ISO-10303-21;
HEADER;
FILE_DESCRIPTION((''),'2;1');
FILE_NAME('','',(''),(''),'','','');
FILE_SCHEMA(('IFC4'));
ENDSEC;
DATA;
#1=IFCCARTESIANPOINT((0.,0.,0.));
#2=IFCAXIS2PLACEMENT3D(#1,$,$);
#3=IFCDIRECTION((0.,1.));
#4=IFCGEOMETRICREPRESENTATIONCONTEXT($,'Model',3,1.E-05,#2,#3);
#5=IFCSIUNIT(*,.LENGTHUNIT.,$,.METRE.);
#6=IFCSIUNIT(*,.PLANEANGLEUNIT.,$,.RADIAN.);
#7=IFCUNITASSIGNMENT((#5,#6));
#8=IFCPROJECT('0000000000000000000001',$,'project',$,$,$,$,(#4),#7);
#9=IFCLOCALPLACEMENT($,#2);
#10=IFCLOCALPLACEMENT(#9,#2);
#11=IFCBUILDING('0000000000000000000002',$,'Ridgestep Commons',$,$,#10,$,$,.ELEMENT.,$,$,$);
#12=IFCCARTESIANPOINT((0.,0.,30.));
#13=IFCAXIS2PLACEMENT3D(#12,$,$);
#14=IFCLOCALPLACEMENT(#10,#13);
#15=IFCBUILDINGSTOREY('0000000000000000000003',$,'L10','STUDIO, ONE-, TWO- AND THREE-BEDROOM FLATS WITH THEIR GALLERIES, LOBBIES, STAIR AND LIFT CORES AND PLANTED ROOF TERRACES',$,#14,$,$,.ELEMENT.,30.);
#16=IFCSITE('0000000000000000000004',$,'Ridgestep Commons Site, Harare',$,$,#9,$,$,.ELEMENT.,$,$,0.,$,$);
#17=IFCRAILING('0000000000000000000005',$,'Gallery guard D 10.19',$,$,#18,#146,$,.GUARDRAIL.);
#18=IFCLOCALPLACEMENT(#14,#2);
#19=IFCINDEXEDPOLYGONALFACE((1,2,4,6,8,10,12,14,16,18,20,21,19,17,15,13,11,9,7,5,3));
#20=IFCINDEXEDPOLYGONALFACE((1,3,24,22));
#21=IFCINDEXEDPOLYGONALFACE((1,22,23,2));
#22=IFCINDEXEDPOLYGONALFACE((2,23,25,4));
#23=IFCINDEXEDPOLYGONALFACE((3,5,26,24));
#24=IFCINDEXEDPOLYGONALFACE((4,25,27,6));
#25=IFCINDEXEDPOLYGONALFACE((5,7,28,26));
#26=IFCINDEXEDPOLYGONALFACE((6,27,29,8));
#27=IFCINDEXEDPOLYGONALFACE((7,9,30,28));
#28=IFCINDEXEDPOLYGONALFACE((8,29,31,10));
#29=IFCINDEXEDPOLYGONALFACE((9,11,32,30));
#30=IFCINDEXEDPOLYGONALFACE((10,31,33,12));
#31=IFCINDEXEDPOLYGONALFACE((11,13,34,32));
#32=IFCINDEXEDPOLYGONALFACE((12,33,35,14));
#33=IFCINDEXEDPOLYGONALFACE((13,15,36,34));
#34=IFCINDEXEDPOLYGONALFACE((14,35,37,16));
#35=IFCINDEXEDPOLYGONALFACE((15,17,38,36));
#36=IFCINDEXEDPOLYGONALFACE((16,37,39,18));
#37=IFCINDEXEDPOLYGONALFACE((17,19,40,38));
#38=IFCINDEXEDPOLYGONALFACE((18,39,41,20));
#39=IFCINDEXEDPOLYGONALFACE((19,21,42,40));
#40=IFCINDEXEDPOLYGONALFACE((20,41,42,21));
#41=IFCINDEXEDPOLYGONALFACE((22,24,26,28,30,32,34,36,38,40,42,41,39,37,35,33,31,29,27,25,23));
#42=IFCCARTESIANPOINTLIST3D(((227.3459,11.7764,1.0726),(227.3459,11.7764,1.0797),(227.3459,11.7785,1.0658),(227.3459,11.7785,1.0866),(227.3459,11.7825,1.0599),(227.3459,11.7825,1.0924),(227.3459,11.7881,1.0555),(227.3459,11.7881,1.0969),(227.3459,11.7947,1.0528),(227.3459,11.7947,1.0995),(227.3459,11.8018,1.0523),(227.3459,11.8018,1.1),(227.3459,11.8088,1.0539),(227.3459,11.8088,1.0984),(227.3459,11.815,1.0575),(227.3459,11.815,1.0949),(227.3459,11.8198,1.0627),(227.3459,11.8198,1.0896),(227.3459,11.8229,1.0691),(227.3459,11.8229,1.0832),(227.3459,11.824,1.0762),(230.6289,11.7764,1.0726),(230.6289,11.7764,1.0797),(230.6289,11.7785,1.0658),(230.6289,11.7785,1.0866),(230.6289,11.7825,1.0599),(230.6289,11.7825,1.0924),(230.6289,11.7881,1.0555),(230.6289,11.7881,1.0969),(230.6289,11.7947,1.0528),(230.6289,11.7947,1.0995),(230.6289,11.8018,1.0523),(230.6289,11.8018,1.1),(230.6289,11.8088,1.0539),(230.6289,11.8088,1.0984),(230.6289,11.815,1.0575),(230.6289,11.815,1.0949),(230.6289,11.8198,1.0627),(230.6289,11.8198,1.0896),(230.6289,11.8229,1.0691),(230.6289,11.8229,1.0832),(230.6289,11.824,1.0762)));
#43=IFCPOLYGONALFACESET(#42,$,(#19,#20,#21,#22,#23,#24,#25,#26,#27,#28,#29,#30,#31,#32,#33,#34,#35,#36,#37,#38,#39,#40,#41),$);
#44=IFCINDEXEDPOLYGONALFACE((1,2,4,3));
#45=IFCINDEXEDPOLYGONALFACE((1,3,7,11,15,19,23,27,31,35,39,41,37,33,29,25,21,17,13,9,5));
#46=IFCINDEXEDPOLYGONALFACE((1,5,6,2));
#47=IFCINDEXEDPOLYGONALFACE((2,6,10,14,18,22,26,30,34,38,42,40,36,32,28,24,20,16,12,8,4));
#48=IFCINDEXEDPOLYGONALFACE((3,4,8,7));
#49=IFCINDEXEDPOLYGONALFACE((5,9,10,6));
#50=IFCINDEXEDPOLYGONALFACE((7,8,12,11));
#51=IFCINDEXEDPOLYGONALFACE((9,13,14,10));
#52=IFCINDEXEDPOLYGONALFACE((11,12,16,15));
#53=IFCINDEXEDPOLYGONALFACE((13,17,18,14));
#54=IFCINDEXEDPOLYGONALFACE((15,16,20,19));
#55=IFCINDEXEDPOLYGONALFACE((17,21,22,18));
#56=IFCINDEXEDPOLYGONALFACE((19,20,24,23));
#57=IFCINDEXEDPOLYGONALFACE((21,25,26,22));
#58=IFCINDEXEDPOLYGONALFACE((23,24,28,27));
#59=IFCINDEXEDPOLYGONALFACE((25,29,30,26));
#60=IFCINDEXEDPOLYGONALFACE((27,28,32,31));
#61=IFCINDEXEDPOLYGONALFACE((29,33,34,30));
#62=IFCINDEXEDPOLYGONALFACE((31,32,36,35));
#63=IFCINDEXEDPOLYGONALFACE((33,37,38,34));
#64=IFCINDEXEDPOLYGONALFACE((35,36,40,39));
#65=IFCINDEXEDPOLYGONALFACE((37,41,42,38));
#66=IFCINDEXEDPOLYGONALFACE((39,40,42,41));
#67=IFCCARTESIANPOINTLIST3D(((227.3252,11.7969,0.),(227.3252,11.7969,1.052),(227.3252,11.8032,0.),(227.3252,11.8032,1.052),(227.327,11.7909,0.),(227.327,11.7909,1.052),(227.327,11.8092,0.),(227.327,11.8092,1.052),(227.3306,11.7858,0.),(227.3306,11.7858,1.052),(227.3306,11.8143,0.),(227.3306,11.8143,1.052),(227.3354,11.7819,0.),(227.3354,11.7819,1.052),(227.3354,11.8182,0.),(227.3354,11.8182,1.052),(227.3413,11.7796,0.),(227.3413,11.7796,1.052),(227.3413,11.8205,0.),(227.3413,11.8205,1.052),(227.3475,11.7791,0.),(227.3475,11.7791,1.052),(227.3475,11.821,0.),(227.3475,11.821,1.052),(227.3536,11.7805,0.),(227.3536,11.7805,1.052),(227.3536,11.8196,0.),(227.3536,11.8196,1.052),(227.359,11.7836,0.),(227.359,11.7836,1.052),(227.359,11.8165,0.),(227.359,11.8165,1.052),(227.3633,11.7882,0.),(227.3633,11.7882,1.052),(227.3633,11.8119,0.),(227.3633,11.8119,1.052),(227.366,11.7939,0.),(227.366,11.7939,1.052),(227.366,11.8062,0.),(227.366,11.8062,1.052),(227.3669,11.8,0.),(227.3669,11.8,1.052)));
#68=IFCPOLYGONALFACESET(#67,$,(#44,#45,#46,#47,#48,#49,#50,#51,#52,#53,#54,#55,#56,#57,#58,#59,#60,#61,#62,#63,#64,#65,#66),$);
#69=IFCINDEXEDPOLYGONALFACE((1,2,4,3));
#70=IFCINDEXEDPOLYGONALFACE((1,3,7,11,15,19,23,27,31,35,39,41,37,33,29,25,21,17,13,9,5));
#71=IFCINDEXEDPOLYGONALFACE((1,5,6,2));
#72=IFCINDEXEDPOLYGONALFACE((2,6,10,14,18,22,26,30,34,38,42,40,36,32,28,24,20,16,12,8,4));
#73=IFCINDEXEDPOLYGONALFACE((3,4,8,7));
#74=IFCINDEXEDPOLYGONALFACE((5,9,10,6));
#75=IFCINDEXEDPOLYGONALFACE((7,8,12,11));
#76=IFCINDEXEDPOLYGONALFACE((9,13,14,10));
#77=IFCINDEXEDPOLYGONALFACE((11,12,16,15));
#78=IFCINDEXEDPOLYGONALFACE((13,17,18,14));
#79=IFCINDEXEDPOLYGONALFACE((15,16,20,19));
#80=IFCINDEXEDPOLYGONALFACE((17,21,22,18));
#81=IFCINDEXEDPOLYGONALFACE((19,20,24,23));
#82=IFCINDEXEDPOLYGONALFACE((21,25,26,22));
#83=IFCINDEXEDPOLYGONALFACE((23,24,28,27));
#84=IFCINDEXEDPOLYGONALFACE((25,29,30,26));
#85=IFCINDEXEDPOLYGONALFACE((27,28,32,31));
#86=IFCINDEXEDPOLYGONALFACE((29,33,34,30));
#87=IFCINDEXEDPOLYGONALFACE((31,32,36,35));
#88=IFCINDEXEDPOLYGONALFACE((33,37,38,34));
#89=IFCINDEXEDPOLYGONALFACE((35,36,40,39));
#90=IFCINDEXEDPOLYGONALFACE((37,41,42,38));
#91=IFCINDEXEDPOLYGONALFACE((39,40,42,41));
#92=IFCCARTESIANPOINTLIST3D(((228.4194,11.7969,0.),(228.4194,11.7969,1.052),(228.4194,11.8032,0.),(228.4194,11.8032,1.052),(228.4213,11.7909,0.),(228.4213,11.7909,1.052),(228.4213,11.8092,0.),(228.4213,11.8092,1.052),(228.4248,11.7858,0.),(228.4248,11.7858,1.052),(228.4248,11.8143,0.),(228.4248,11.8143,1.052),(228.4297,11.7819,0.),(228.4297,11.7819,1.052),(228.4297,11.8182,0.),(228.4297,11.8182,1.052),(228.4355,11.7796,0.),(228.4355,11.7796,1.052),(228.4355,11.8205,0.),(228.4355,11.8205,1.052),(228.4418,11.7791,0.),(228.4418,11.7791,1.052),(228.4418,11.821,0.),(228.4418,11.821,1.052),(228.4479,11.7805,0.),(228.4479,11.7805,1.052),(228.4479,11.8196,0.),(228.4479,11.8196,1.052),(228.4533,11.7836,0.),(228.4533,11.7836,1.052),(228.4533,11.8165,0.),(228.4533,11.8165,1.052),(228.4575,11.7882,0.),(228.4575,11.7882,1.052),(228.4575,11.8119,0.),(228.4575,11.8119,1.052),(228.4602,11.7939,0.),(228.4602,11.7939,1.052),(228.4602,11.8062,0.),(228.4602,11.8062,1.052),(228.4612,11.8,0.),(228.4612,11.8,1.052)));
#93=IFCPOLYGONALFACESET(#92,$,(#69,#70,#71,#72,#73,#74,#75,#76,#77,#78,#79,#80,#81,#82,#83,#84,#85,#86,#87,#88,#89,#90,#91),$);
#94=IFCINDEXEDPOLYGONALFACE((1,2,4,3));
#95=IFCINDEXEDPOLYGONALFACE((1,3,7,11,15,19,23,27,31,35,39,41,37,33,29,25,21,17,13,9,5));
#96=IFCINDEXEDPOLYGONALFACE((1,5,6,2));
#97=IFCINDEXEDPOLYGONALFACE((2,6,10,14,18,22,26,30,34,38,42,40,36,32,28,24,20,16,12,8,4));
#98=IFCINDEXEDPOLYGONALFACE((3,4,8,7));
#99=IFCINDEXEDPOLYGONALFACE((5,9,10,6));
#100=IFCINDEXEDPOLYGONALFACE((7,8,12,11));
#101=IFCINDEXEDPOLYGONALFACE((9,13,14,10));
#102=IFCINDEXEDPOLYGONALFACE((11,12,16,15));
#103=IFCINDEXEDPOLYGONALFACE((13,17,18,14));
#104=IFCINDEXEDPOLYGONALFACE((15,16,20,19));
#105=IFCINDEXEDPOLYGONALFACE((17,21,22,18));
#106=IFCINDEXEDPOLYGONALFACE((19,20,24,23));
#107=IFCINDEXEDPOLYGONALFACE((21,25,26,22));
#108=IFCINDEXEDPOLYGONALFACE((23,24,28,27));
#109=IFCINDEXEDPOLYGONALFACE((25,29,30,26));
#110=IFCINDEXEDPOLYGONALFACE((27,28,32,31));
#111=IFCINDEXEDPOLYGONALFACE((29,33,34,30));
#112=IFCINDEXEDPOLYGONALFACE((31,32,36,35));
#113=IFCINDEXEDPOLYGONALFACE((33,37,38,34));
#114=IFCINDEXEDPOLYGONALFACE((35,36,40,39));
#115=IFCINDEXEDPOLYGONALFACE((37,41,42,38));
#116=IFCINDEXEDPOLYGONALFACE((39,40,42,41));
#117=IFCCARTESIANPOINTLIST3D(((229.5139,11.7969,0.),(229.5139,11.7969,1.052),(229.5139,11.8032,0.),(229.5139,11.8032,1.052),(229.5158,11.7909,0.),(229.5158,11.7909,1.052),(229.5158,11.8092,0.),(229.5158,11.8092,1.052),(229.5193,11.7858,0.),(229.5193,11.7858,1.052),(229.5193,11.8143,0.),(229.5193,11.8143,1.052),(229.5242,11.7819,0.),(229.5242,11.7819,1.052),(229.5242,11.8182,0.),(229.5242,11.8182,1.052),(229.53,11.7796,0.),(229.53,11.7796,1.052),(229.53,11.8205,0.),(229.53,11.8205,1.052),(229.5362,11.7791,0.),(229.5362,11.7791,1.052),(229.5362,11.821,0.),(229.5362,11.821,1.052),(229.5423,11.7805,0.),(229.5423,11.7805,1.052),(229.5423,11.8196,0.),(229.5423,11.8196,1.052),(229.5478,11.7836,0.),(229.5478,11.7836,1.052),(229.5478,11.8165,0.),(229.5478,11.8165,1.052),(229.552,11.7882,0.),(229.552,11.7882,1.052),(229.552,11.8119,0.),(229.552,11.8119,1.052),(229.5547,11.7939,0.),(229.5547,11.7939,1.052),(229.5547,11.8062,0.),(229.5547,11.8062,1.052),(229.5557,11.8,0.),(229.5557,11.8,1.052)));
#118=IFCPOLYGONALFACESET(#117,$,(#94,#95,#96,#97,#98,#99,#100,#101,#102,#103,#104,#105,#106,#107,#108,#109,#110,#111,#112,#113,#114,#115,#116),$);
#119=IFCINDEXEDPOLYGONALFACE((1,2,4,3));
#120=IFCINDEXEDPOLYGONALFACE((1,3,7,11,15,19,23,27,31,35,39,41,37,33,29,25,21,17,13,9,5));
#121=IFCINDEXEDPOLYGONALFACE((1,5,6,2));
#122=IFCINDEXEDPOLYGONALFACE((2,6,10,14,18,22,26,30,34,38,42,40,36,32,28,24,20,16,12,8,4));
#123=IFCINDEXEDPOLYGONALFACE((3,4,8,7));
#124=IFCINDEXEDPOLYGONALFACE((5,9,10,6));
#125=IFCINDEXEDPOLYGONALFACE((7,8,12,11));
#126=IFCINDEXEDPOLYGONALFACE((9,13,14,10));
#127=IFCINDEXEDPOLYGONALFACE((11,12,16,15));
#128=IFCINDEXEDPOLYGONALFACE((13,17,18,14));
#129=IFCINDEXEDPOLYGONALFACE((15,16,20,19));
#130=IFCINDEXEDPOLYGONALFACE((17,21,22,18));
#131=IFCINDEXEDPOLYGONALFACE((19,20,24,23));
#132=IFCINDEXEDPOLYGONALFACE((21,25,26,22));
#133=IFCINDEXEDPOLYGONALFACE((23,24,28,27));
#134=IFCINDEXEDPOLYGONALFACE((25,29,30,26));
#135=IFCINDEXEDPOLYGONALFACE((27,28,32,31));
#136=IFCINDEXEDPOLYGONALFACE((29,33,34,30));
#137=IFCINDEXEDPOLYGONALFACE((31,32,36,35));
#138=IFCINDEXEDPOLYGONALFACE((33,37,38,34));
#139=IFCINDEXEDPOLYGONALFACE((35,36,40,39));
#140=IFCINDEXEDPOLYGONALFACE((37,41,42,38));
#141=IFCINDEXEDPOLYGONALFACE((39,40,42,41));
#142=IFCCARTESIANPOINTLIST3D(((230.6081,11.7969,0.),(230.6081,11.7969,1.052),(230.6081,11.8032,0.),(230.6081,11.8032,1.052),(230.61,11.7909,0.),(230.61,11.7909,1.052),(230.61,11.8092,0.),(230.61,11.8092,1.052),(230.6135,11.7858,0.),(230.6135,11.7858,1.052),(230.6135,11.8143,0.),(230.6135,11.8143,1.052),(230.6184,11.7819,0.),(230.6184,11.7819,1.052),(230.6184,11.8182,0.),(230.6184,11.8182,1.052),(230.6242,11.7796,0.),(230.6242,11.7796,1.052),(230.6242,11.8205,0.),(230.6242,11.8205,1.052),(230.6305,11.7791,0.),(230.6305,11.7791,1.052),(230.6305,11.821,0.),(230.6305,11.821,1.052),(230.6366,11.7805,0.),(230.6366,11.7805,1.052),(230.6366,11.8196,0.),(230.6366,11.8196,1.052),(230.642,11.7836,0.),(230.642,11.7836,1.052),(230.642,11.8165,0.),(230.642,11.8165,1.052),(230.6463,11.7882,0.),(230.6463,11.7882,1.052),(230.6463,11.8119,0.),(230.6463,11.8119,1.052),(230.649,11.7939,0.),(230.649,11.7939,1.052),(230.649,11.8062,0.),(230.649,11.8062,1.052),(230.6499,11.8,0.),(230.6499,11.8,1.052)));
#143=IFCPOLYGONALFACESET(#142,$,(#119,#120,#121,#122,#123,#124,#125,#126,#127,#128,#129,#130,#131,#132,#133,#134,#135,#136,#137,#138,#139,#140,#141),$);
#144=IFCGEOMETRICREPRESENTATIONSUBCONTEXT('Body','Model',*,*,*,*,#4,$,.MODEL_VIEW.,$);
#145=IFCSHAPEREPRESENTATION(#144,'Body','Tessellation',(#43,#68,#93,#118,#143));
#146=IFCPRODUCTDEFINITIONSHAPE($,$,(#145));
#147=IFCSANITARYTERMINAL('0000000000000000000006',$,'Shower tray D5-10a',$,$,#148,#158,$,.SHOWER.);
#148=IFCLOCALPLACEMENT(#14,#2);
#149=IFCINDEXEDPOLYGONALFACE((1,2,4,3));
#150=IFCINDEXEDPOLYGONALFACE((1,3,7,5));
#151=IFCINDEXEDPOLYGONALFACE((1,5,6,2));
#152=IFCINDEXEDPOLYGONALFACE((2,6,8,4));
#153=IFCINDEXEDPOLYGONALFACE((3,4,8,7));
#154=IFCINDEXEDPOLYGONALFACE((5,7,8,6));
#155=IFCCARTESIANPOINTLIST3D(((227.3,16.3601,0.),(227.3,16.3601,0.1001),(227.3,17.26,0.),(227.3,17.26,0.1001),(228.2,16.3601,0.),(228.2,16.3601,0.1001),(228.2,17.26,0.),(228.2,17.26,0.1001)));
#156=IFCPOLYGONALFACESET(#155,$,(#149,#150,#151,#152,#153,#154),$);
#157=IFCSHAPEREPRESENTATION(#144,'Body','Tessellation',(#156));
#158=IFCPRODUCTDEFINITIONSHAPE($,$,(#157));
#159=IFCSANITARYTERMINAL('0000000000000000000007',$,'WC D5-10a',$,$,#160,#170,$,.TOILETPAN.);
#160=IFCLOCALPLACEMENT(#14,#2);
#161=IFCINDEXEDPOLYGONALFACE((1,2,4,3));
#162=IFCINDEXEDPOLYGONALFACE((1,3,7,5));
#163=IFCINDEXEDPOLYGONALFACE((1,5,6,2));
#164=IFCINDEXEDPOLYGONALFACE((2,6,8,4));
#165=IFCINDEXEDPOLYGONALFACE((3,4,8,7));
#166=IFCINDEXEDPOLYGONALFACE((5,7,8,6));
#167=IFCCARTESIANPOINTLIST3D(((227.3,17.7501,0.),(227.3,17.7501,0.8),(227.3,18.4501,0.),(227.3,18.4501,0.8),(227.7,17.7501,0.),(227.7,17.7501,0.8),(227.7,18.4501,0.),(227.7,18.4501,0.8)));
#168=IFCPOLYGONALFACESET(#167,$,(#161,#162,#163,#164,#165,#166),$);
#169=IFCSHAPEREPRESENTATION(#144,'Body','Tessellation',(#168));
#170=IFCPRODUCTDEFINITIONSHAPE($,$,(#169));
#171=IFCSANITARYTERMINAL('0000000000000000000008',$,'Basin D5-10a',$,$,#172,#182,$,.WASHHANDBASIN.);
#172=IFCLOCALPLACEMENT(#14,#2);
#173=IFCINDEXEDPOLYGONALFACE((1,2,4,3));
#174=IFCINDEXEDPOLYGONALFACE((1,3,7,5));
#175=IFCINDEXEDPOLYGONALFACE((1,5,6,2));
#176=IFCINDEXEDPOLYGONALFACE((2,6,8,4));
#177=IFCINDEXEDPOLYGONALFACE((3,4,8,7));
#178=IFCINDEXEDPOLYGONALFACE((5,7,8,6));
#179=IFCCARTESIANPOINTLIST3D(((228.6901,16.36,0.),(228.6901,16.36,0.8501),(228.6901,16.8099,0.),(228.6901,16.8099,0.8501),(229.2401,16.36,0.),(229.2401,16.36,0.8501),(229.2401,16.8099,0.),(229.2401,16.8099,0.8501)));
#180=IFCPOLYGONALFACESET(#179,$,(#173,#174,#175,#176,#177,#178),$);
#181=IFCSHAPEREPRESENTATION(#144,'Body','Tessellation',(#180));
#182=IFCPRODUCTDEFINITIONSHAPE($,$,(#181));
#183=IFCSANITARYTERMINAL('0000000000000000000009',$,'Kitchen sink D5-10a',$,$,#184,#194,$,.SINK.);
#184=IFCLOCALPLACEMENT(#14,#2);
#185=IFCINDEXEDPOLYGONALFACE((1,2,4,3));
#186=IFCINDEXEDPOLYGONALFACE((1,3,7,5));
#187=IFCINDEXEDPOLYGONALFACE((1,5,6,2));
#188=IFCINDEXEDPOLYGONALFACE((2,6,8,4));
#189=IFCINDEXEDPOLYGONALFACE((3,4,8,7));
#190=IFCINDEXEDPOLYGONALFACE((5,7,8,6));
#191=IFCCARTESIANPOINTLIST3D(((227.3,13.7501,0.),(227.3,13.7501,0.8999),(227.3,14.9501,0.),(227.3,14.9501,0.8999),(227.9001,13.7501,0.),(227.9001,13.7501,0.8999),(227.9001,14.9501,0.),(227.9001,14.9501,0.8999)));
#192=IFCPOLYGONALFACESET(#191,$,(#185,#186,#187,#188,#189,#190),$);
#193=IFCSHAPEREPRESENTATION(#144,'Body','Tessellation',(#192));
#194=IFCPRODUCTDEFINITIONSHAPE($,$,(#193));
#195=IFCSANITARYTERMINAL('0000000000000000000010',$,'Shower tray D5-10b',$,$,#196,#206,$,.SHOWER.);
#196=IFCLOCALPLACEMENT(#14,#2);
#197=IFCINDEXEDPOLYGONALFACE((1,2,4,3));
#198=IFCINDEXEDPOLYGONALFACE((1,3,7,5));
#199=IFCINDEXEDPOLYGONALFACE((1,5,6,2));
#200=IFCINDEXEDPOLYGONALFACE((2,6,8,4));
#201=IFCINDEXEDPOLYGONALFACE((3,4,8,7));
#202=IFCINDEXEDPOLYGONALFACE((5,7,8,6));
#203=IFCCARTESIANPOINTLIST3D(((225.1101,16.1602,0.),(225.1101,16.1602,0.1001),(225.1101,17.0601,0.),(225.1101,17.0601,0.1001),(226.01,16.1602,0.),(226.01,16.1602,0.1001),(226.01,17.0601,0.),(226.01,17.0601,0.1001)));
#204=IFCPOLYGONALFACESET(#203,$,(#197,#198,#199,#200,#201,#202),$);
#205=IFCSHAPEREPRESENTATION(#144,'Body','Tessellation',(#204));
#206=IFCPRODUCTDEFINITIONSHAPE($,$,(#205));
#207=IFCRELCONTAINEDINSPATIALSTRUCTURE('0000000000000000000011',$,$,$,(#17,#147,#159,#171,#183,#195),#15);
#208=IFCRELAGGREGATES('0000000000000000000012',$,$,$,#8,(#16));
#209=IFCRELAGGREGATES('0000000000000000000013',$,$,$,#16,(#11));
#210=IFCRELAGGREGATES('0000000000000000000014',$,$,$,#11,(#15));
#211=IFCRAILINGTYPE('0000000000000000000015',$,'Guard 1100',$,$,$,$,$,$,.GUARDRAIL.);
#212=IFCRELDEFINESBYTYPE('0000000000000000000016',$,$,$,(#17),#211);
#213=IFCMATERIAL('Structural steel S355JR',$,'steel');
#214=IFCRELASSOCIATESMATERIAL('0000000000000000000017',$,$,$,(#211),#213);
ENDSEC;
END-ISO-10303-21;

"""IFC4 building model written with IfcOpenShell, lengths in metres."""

from ifc_helpers import new_model, si_unit, direction, frame, origin, origin_2d, place, context, subcontext, project, spatial, rectangle, circle, extrude, material, type_object, element, save


model = new_model("IFC4")

# Units and contexts
model_context = context("Model", 3, precision=1e-05, world=origin(), true_north=direction((0.0, 1.0)))
body_context = subcontext(model_context, "Body", "Model", "MODEL_VIEW")
ifc_project = project(units=[si_unit("LENGTHUNIT", "METRE"), si_unit("PLANEANGLEUNIT", "RADIAN")], contexts=[model_context])

# Site, building, storey
site_placement = place(None, origin())
site = spatial("IfcSite", under=ifc_project, at=site_placement, Name="Ridgestep Commons Site, Harare", CompositionType="ELEMENT", RefElevation=0.0)
building_placement = place(site_placement, origin())
building = spatial("IfcBuilding", under=site, at=building_placement, Name="Ridgestep Commons", CompositionType="ELEMENT")
storey_placement = place(building_placement, frame((0.0, 0.0, 30.0)))
storey = spatial("IfcBuildingStorey", under=building, at=storey_placement, Name="L10", Description="STUDIO, ONE-, TWO- AND THREE-BEDROOM FLATS WITH THEIR GALLERIES, LOBBIES, STAIR AND LIFT CORES AND PLANTED ROOF TERRACES", CompositionType="ELEMENT", Elevation=30.0)

# Railing
ifc_material_1 = material(Name="Structural steel S355JR", Category="steel")
railing_type = type_object("IfcRailingType", Name="Guard 1100", PredefinedType="GUARDRAIL", material=ifc_material_1)
railing_1_placement = place(storey_placement, frame((227.3459, 11.8, 0.0)))
element("IfcRailing", 1, at=railing_1_placement, inside=storey, type_object=railing_type, Name="Gallery guard D 10.19", PredefinedType="GUARDRAIL", context=body_context, shape_type="SweptSolid", body=[
    extrude(circle(Radius=0.0239, at=origin_2d()), frame((0.0, 0.0, 1.0762), z_axis=(1.0, 0.0, 0.0), x_axis=(0.0, 1.0, 0.0)), (0.0, 0.0, 1.0), 3.283),
    extrude(circle(Radius=0.021, at=origin_2d()), origin(), (0.0, 0.0, 1.0), 1.052),
    extrude(circle(Radius=0.021, at=origin_2d()), frame((1.0942, 0.0, 0.0)), (0.0, 0.0, 1.0), 1.052),
    extrude(circle(Radius=0.021, at=origin_2d()), frame((2.1887, 0.0, 0.0)), (0.0, 0.0, 1.0), 1.052),
    extrude(circle(Radius=0.021, at=origin_2d()), frame((3.283, 0.0, 0.0)), (0.0, 0.0, 1.0), 1.052),
])

# Sanitary terminals
sanitary_terminal_1_placement = place(storey_placement, frame((227.75, 16.8101, 0.0), z_axis=(0.0, 0.0, 1.0), x_axis=(1.0, 0.0, 0.0)))
element("IfcSanitaryTerminal", 2, at=sanitary_terminal_1_placement, inside=storey, Name="Shower tray D5-10a", PredefinedType="SHOWER", context=body_context, shape_type="SweptSolid", body=[
    extrude(rectangle(XDim=0.8999, YDim=0.8999, at=origin_2d()), origin(), (0.0, 0.0, 1.0), 0.1001),
])
sanitary_terminal_2_placement = place(storey_placement, frame((227.5, 18.1001, 0.0), z_axis=(0.0, 0.0, 1.0), x_axis=(1.0, 0.0, 0.0)))
element("IfcSanitaryTerminal", 3, at=sanitary_terminal_2_placement, inside=storey, Name="WC D5-10a", PredefinedType="TOILETPAN", context=body_context, shape_type="SweptSolid", body=[
    extrude(rectangle(XDim=0.3999, YDim=0.7, at=origin_2d()), origin(), (0.0, 0.0, 1.0), 0.8),
])
sanitary_terminal_3_placement = place(storey_placement, frame((228.9651, 16.585, 0.0), z_axis=(0.0, 0.0, 1.0), x_axis=(1.0, 0.0, 0.0)))
element("IfcSanitaryTerminal", 4, at=sanitary_terminal_3_placement, inside=storey, Name="Basin D5-10a", PredefinedType="WASHHANDBASIN", context=body_context, shape_type="SweptSolid", body=[
    extrude(rectangle(XDim=0.55, YDim=0.45, at=origin_2d()), origin(), (0.0, 0.0, 1.0), 0.8501),
])
sanitary_terminal_4_placement = place(storey_placement, frame((227.6001, 14.3501, 0.0), z_axis=(0.0, 0.0, 1.0), x_axis=(1.0, 0.0, 0.0)))
element("IfcSanitaryTerminal", 5, at=sanitary_terminal_4_placement, inside=storey, Name="Kitchen sink D5-10a", PredefinedType="SINK", context=body_context, shape_type="SweptSolid", body=[
    extrude(rectangle(XDim=0.6001, YDim=1.2, at=origin_2d()), origin(), (0.0, 0.0, 1.0), 0.8999),
])
sanitary_terminal_5_placement = place(storey_placement, frame((225.5601, 16.6101, 0.0), z_axis=(0.0, 0.0, 1.0), x_axis=(1.0, 0.0, 0.0)))
element("IfcSanitaryTerminal", 6, at=sanitary_terminal_5_placement, inside=storey, Name="Shower tray D5-10b", PredefinedType="SHOWER", context=body_context, shape_type="SweptSolid", body=[
    extrude(rectangle(XDim=0.8999, YDim=0.8999, at=origin_2d()), origin(), (0.0, 0.0, 1.0), 0.1001),
])

save(model, "model.ifc")
